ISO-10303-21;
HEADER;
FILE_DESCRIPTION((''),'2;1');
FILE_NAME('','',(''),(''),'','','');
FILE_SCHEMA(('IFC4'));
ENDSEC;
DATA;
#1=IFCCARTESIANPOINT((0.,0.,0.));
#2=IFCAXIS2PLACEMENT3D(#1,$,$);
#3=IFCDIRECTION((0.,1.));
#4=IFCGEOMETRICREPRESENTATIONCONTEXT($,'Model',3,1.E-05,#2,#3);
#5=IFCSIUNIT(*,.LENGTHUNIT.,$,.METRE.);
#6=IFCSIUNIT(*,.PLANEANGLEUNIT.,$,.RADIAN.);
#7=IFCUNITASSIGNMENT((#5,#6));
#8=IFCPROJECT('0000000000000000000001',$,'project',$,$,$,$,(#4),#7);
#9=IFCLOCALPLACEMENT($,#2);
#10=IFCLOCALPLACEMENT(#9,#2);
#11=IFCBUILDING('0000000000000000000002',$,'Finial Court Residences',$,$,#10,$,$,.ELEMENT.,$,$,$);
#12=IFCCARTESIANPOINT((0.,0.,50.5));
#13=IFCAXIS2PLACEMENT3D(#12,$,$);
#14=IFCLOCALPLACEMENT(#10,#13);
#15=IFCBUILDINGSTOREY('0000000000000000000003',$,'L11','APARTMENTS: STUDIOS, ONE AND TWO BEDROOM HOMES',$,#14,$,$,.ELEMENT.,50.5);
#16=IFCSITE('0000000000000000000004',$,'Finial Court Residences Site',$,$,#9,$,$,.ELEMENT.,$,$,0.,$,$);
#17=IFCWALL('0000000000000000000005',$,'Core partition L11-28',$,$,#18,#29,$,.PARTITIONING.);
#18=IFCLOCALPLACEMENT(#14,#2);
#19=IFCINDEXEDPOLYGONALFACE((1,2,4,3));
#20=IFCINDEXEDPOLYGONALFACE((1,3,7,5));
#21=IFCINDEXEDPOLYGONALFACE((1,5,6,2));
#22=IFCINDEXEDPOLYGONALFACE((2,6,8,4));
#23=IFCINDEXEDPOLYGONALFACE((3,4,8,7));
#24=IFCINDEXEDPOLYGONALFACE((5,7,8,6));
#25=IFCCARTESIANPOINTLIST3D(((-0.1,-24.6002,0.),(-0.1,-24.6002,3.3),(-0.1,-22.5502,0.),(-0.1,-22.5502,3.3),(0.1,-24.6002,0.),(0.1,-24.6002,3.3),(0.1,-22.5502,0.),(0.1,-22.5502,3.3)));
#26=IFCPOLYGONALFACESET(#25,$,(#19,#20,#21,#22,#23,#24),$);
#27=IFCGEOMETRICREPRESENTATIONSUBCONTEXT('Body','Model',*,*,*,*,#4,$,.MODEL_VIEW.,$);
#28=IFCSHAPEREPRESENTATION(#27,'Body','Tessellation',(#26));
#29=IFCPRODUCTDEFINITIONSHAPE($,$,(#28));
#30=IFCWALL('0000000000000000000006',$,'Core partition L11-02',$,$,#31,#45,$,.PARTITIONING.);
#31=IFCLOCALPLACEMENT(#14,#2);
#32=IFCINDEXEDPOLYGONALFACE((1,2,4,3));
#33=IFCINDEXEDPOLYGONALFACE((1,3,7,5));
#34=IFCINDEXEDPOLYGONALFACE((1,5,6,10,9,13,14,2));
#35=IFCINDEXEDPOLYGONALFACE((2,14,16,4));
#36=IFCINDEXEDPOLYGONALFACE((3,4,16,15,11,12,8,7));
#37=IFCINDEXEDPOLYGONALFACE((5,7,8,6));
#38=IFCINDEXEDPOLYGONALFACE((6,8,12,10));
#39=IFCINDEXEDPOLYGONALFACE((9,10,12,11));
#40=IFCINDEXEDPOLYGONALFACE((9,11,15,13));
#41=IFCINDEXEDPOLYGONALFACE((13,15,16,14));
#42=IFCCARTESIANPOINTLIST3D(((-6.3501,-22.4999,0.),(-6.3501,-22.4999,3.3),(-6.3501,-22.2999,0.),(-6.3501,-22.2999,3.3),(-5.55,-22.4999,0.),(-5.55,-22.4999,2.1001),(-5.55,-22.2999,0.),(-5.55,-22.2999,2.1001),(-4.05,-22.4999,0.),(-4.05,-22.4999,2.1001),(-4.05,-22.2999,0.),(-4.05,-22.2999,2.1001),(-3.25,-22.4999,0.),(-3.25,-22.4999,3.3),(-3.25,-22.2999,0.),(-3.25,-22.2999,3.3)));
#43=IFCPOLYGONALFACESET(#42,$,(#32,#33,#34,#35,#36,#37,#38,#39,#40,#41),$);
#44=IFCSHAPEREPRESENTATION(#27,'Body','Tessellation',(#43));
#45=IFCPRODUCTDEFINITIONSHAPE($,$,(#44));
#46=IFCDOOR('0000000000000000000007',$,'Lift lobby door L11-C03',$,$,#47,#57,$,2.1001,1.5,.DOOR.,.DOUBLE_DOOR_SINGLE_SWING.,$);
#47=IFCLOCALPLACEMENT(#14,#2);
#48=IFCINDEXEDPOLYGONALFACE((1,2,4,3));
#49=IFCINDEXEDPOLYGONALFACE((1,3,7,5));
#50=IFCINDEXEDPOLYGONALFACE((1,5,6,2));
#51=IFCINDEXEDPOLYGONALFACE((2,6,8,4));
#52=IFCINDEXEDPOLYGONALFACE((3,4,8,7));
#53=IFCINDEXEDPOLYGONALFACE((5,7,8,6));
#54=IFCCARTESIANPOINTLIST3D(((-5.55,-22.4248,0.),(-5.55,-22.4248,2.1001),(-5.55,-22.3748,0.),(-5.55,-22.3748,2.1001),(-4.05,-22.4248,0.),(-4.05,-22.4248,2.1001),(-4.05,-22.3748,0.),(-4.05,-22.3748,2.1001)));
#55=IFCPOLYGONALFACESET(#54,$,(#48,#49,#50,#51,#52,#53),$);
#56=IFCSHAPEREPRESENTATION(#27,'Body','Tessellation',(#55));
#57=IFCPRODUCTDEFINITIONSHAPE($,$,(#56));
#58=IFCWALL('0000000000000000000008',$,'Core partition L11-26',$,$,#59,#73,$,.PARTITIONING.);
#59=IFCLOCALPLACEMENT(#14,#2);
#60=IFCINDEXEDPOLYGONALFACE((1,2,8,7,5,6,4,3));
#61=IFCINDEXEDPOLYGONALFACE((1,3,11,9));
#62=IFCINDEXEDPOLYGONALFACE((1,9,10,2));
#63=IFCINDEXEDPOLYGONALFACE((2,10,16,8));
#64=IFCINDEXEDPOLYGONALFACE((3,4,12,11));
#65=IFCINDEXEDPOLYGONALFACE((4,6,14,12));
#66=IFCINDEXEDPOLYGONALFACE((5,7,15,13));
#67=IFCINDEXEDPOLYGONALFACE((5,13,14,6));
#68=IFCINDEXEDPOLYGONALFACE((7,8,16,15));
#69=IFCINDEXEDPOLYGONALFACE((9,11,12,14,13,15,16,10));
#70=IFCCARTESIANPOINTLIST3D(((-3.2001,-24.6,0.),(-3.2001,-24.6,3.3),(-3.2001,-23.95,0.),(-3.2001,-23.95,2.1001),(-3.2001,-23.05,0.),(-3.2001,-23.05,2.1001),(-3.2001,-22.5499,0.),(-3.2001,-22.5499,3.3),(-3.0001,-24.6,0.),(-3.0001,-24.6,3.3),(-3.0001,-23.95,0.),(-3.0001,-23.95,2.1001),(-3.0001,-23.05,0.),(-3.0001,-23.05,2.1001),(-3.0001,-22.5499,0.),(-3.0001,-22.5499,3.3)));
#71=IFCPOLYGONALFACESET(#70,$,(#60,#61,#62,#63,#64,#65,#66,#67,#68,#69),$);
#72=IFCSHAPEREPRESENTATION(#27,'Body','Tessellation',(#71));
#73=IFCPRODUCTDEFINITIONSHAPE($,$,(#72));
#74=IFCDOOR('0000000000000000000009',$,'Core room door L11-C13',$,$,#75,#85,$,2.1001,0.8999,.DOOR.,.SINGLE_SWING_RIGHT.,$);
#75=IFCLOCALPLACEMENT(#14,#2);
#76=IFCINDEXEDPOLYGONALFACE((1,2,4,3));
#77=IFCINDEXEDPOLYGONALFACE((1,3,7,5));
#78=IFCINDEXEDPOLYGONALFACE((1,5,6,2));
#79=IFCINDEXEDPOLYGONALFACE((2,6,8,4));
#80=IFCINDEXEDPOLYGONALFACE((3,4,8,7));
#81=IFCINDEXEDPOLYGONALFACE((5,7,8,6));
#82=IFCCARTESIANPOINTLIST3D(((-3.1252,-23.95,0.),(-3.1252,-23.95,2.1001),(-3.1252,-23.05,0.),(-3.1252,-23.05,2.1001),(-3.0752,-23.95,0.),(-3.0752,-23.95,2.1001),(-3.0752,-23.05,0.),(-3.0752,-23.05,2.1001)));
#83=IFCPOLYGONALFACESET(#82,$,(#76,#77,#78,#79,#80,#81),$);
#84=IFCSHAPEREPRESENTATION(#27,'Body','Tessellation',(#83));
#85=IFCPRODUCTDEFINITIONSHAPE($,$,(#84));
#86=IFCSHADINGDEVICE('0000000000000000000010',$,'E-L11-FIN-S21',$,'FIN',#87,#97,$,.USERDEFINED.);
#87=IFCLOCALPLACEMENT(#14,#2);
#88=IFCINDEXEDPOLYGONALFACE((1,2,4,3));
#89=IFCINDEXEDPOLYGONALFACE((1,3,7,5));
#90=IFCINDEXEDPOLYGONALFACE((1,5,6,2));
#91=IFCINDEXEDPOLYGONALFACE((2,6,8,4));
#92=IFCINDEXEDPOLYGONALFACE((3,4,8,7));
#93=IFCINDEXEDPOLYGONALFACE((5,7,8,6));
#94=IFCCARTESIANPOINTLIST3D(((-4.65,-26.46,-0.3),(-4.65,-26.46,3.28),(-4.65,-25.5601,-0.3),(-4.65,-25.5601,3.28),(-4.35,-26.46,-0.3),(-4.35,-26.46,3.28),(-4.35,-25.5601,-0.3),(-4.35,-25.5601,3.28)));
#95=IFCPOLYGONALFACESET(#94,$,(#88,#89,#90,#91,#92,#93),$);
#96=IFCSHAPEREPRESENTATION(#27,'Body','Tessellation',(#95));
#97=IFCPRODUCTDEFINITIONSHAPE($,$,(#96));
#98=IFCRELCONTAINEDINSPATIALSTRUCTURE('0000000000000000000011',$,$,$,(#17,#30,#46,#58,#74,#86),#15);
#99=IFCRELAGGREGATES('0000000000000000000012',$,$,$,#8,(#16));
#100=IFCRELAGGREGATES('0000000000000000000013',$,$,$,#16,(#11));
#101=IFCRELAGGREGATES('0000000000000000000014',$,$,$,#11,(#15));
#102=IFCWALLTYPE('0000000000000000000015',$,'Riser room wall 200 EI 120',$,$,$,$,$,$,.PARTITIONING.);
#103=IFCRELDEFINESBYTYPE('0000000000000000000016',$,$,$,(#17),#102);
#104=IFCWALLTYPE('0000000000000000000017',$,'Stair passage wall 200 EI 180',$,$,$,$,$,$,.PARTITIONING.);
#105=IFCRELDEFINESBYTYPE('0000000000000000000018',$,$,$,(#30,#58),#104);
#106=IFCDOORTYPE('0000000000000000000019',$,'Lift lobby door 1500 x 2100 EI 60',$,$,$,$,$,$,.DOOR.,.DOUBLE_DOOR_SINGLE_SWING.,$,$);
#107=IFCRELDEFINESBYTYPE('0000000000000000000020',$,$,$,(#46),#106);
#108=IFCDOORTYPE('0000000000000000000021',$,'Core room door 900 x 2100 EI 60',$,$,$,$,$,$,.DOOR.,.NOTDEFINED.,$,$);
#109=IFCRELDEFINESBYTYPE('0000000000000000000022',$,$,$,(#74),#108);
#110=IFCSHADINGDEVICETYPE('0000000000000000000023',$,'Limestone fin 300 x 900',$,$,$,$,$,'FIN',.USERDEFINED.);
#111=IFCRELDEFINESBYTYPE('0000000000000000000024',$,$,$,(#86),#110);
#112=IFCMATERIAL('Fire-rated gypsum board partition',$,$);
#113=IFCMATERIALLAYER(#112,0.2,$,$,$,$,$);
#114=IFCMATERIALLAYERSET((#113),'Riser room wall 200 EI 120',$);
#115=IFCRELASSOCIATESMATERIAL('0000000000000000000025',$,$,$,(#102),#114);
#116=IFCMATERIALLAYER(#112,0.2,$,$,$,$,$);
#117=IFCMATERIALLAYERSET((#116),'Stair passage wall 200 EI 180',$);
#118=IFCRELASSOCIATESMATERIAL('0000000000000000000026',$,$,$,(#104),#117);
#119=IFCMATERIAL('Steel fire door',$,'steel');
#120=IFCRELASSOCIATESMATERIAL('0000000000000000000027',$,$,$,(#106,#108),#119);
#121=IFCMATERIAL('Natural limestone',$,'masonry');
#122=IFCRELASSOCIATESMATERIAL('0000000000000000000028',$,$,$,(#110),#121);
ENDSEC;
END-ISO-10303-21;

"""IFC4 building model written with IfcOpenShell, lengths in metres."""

from ifc_helpers import new_model, si_unit, direction, frame, frame_2d, origin, origin_2d, place, context, subcontext, project, spatial, rectangle, extrude, material, layer, layer_set, type_object, element, fill, save


model = new_model("IFC4")

# Units and contexts
model_context = context("Model", 3, precision=1e-05, world=origin(), true_north=direction((0.0, 1.0)))
body_context = subcontext(model_context, "Body", "Model", "MODEL_VIEW")
ifc_project = project(units=[si_unit("LENGTHUNIT", "METRE"), si_unit("PLANEANGLEUNIT", "RADIAN")], contexts=[model_context])

# Site, building, storey
site_placement = place(None, origin())
site = spatial("IfcSite", under=ifc_project, at=site_placement, Name="Finial Court Residences Site", CompositionType="ELEMENT", RefElevation=0.0)
building_placement = place(site_placement, origin())
building = spatial("IfcBuilding", under=site, at=building_placement, Name="Finial Court Residences", CompositionType="ELEMENT")
storey_placement = place(building_placement, frame((0.0, 0.0, 50.5)))
storey = spatial("IfcBuildingStorey", under=building, at=storey_placement, Name="L11", Description="APARTMENTS: STUDIOS, ONE AND TWO BEDROOM HOMES", CompositionType="ELEMENT", Elevation=50.5)

# Shared definitions
ifc_material_1 = material(Name="Steel fire door", Category="steel")

# Wall
ifc_material_2 = material(Name="Fire-rated gypsum board partition")
ifc_layer_1 = layer(ifc_material_2, 0.2)
ifc_layer_set_1 = layer_set([ifc_layer_1], Name="Riser room wall 200 EI 120")
wall_type_1 = type_object("IfcWallType", Name="Riser room wall 200 EI 120", PredefinedType="PARTITIONING", material=ifc_layer_set_1)
wall_1_placement = place(storey_placement, frame((0.0, -24.6001, 0.0), z_axis=(0.0, 0.0, 1.0), x_axis=(0.0, 1.0, 0.0)))
element("IfcWall", 1, at=wall_1_placement, inside=storey, type_object=wall_type_1, Name="Core partition L11-28", PredefinedType="PARTITIONING", context=body_context, shape_type="SweptSolid", body=[
    extrude(rectangle(XDim=2.05, YDim=0.2, at=frame_2d((1.0249, 0.0))), origin(), (0.0, 0.0, 1.0), 3.3),
])

# Walls, openings, doors
ifc_layer_2 = layer(ifc_material_2, 0.2)
ifc_layer_set_2 = layer_set([ifc_layer_2], Name="Stair passage wall 200 EI 180")
wall_type_2 = type_object("IfcWallType", Name="Stair passage wall 200 EI 180", PredefinedType="PARTITIONING", material=ifc_layer_set_2)
wall_2_placement = place(storey_placement, frame((-3.25, -22.3999, 0.0), z_axis=(0.0, 0.0, 1.0), x_axis=(-1.0, 0.0, 0.0)))
wall_2 = element("IfcWall", 2, at=wall_2_placement, inside=storey, type_object=wall_type_2, Name="Core partition L11-02", PredefinedType="PARTITIONING", context=body_context, shape_type="SweptSolid", body=[
    extrude(rectangle(XDim=3.1001, YDim=0.2, at=frame_2d((1.55, 0.0))), origin(), (0.0, 0.0, 1.0), 3.3),
])
opening_1_placement = place(wall_2_placement, frame((0.8, 0.0, 0.0)))
opening_1 = element("IfcOpeningElement", 3, at=opening_1_placement, cuts=wall_2, PredefinedType="OPENING", context=body_context, shape_type="SweptSolid", body=[
    extrude(rectangle(XDim=1.5, YDim=2.1001, at=frame_2d((0.75, 1.05))), frame((0.0, 0.1099, 0.0), z_axis=(0.0, -1.0, 0.0), x_axis=(1.0, 0.0, 0.0)), (0.0, 0.0, 1.0), 0.22),
])
door_type_1 = type_object("IfcDoorType", Name="Lift lobby door 1500 x 2100 EI 60", OperationType="DOUBLE_DOOR_SINGLE_SWING", PredefinedType="DOOR", material=ifc_material_1)
door_1_placement = place(opening_1_placement, origin())
door_1 = element("IfcDoor", 4, at=door_1_placement, inside=storey, type_object=door_type_1, Name="Lift lobby door L11-C03", OperationType="DOUBLE_DOOR_SINGLE_SWING", OverallHeight=2.1001, OverallWidth=1.5, PredefinedType="DOOR", context=body_context, shape_type="SweptSolid", body=[
    extrude(rectangle(XDim=1.5, YDim=2.1001, at=frame_2d((0.75, 1.05))), frame((0.0, 0.0249, 0.0), z_axis=(0.0, -1.0, 0.0), x_axis=(1.0, 0.0, 0.0)), (0.0, 0.0, 1.0), 0.05),
])
fill(opening_1, door_1)
wall_3_placement = place(storey_placement, frame((-3.1001, -22.55, 0.0), z_axis=(0.0, 0.0, 1.0), x_axis=(0.0, -1.0, 0.0)))
wall_3 = element("IfcWall", 5, at=wall_3_placement, inside=storey, type_object=wall_type_2, Name="Core partition L11-26", PredefinedType="PARTITIONING", context=body_context, shape_type="SweptSolid", body=[
    extrude(rectangle(XDim=2.05, YDim=0.2, at=frame_2d((1.0249, 0.0))), origin(), (0.0, 0.0, 1.0), 3.3),
])
opening_2_placement = place(wall_3_placement, frame((0.5, 0.0, 0.0)))
opening_2 = element("IfcOpeningElement", 6, at=opening_2_placement, cuts=wall_3, PredefinedType="OPENING", context=body_context, shape_type="SweptSolid", body=[
    extrude(rectangle(XDim=0.8999, YDim=2.1001, at=frame_2d((0.45, 1.05))), frame((0.0, 0.1099, 0.0), z_axis=(0.0, -1.0, 0.0), x_axis=(1.0, 0.0, 0.0)), (0.0, 0.0, 1.0), 0.22),
])
door_type_2 = type_object("IfcDoorType", Name="Core room door 900 x 2100 EI 60", OperationType="NOTDEFINED", PredefinedType="DOOR", material=ifc_material_1)
door_2_placement = place(opening_2_placement, origin())
door_2 = element("IfcDoor", 7, at=door_2_placement, inside=storey, type_object=door_type_2, Name="Core room door L11-C13", OperationType="SINGLE_SWING_RIGHT", OverallHeight=2.1001, OverallWidth=0.8999, PredefinedType="DOOR", context=body_context, shape_type="SweptSolid", body=[
    extrude(rectangle(XDim=0.8999, YDim=2.1001, at=frame_2d((0.45, 1.05))), frame((0.0, 0.0249, 0.0), z_axis=(0.0, -1.0, 0.0), x_axis=(1.0, 0.0, 0.0)), (0.0, 0.0, 1.0), 0.05),
])
fill(opening_2, door_2)

# Shading device
ifc_material_3 = material(Name="Natural limestone", Category="masonry")
shading_device_type = type_object("IfcShadingDeviceType", Name="Limestone fin 300 x 900", ElementType="FIN", PredefinedType="USERDEFINED", material=ifc_material_3)
shading_device_placement = place(storey_placement, frame((-4.5, -26.01, -0.3), z_axis=(0.0, 0.0, 1.0), x_axis=(1.0, 0.0, 0.0)))
element("IfcShadingDevice", 8, at=shading_device_placement, inside=storey, type_object=shading_device_type, Name="E-L11-FIN-S21", ObjectType="FIN", PredefinedType="USERDEFINED", context=body_context, shape_type="SweptSolid", body=[
    extrude(rectangle(XDim=0.3, YDim=0.8999, at=origin_2d()), origin(), (0.0, 0.0, 1.0), 3.5801),
])

save(model, "model.ifc")
